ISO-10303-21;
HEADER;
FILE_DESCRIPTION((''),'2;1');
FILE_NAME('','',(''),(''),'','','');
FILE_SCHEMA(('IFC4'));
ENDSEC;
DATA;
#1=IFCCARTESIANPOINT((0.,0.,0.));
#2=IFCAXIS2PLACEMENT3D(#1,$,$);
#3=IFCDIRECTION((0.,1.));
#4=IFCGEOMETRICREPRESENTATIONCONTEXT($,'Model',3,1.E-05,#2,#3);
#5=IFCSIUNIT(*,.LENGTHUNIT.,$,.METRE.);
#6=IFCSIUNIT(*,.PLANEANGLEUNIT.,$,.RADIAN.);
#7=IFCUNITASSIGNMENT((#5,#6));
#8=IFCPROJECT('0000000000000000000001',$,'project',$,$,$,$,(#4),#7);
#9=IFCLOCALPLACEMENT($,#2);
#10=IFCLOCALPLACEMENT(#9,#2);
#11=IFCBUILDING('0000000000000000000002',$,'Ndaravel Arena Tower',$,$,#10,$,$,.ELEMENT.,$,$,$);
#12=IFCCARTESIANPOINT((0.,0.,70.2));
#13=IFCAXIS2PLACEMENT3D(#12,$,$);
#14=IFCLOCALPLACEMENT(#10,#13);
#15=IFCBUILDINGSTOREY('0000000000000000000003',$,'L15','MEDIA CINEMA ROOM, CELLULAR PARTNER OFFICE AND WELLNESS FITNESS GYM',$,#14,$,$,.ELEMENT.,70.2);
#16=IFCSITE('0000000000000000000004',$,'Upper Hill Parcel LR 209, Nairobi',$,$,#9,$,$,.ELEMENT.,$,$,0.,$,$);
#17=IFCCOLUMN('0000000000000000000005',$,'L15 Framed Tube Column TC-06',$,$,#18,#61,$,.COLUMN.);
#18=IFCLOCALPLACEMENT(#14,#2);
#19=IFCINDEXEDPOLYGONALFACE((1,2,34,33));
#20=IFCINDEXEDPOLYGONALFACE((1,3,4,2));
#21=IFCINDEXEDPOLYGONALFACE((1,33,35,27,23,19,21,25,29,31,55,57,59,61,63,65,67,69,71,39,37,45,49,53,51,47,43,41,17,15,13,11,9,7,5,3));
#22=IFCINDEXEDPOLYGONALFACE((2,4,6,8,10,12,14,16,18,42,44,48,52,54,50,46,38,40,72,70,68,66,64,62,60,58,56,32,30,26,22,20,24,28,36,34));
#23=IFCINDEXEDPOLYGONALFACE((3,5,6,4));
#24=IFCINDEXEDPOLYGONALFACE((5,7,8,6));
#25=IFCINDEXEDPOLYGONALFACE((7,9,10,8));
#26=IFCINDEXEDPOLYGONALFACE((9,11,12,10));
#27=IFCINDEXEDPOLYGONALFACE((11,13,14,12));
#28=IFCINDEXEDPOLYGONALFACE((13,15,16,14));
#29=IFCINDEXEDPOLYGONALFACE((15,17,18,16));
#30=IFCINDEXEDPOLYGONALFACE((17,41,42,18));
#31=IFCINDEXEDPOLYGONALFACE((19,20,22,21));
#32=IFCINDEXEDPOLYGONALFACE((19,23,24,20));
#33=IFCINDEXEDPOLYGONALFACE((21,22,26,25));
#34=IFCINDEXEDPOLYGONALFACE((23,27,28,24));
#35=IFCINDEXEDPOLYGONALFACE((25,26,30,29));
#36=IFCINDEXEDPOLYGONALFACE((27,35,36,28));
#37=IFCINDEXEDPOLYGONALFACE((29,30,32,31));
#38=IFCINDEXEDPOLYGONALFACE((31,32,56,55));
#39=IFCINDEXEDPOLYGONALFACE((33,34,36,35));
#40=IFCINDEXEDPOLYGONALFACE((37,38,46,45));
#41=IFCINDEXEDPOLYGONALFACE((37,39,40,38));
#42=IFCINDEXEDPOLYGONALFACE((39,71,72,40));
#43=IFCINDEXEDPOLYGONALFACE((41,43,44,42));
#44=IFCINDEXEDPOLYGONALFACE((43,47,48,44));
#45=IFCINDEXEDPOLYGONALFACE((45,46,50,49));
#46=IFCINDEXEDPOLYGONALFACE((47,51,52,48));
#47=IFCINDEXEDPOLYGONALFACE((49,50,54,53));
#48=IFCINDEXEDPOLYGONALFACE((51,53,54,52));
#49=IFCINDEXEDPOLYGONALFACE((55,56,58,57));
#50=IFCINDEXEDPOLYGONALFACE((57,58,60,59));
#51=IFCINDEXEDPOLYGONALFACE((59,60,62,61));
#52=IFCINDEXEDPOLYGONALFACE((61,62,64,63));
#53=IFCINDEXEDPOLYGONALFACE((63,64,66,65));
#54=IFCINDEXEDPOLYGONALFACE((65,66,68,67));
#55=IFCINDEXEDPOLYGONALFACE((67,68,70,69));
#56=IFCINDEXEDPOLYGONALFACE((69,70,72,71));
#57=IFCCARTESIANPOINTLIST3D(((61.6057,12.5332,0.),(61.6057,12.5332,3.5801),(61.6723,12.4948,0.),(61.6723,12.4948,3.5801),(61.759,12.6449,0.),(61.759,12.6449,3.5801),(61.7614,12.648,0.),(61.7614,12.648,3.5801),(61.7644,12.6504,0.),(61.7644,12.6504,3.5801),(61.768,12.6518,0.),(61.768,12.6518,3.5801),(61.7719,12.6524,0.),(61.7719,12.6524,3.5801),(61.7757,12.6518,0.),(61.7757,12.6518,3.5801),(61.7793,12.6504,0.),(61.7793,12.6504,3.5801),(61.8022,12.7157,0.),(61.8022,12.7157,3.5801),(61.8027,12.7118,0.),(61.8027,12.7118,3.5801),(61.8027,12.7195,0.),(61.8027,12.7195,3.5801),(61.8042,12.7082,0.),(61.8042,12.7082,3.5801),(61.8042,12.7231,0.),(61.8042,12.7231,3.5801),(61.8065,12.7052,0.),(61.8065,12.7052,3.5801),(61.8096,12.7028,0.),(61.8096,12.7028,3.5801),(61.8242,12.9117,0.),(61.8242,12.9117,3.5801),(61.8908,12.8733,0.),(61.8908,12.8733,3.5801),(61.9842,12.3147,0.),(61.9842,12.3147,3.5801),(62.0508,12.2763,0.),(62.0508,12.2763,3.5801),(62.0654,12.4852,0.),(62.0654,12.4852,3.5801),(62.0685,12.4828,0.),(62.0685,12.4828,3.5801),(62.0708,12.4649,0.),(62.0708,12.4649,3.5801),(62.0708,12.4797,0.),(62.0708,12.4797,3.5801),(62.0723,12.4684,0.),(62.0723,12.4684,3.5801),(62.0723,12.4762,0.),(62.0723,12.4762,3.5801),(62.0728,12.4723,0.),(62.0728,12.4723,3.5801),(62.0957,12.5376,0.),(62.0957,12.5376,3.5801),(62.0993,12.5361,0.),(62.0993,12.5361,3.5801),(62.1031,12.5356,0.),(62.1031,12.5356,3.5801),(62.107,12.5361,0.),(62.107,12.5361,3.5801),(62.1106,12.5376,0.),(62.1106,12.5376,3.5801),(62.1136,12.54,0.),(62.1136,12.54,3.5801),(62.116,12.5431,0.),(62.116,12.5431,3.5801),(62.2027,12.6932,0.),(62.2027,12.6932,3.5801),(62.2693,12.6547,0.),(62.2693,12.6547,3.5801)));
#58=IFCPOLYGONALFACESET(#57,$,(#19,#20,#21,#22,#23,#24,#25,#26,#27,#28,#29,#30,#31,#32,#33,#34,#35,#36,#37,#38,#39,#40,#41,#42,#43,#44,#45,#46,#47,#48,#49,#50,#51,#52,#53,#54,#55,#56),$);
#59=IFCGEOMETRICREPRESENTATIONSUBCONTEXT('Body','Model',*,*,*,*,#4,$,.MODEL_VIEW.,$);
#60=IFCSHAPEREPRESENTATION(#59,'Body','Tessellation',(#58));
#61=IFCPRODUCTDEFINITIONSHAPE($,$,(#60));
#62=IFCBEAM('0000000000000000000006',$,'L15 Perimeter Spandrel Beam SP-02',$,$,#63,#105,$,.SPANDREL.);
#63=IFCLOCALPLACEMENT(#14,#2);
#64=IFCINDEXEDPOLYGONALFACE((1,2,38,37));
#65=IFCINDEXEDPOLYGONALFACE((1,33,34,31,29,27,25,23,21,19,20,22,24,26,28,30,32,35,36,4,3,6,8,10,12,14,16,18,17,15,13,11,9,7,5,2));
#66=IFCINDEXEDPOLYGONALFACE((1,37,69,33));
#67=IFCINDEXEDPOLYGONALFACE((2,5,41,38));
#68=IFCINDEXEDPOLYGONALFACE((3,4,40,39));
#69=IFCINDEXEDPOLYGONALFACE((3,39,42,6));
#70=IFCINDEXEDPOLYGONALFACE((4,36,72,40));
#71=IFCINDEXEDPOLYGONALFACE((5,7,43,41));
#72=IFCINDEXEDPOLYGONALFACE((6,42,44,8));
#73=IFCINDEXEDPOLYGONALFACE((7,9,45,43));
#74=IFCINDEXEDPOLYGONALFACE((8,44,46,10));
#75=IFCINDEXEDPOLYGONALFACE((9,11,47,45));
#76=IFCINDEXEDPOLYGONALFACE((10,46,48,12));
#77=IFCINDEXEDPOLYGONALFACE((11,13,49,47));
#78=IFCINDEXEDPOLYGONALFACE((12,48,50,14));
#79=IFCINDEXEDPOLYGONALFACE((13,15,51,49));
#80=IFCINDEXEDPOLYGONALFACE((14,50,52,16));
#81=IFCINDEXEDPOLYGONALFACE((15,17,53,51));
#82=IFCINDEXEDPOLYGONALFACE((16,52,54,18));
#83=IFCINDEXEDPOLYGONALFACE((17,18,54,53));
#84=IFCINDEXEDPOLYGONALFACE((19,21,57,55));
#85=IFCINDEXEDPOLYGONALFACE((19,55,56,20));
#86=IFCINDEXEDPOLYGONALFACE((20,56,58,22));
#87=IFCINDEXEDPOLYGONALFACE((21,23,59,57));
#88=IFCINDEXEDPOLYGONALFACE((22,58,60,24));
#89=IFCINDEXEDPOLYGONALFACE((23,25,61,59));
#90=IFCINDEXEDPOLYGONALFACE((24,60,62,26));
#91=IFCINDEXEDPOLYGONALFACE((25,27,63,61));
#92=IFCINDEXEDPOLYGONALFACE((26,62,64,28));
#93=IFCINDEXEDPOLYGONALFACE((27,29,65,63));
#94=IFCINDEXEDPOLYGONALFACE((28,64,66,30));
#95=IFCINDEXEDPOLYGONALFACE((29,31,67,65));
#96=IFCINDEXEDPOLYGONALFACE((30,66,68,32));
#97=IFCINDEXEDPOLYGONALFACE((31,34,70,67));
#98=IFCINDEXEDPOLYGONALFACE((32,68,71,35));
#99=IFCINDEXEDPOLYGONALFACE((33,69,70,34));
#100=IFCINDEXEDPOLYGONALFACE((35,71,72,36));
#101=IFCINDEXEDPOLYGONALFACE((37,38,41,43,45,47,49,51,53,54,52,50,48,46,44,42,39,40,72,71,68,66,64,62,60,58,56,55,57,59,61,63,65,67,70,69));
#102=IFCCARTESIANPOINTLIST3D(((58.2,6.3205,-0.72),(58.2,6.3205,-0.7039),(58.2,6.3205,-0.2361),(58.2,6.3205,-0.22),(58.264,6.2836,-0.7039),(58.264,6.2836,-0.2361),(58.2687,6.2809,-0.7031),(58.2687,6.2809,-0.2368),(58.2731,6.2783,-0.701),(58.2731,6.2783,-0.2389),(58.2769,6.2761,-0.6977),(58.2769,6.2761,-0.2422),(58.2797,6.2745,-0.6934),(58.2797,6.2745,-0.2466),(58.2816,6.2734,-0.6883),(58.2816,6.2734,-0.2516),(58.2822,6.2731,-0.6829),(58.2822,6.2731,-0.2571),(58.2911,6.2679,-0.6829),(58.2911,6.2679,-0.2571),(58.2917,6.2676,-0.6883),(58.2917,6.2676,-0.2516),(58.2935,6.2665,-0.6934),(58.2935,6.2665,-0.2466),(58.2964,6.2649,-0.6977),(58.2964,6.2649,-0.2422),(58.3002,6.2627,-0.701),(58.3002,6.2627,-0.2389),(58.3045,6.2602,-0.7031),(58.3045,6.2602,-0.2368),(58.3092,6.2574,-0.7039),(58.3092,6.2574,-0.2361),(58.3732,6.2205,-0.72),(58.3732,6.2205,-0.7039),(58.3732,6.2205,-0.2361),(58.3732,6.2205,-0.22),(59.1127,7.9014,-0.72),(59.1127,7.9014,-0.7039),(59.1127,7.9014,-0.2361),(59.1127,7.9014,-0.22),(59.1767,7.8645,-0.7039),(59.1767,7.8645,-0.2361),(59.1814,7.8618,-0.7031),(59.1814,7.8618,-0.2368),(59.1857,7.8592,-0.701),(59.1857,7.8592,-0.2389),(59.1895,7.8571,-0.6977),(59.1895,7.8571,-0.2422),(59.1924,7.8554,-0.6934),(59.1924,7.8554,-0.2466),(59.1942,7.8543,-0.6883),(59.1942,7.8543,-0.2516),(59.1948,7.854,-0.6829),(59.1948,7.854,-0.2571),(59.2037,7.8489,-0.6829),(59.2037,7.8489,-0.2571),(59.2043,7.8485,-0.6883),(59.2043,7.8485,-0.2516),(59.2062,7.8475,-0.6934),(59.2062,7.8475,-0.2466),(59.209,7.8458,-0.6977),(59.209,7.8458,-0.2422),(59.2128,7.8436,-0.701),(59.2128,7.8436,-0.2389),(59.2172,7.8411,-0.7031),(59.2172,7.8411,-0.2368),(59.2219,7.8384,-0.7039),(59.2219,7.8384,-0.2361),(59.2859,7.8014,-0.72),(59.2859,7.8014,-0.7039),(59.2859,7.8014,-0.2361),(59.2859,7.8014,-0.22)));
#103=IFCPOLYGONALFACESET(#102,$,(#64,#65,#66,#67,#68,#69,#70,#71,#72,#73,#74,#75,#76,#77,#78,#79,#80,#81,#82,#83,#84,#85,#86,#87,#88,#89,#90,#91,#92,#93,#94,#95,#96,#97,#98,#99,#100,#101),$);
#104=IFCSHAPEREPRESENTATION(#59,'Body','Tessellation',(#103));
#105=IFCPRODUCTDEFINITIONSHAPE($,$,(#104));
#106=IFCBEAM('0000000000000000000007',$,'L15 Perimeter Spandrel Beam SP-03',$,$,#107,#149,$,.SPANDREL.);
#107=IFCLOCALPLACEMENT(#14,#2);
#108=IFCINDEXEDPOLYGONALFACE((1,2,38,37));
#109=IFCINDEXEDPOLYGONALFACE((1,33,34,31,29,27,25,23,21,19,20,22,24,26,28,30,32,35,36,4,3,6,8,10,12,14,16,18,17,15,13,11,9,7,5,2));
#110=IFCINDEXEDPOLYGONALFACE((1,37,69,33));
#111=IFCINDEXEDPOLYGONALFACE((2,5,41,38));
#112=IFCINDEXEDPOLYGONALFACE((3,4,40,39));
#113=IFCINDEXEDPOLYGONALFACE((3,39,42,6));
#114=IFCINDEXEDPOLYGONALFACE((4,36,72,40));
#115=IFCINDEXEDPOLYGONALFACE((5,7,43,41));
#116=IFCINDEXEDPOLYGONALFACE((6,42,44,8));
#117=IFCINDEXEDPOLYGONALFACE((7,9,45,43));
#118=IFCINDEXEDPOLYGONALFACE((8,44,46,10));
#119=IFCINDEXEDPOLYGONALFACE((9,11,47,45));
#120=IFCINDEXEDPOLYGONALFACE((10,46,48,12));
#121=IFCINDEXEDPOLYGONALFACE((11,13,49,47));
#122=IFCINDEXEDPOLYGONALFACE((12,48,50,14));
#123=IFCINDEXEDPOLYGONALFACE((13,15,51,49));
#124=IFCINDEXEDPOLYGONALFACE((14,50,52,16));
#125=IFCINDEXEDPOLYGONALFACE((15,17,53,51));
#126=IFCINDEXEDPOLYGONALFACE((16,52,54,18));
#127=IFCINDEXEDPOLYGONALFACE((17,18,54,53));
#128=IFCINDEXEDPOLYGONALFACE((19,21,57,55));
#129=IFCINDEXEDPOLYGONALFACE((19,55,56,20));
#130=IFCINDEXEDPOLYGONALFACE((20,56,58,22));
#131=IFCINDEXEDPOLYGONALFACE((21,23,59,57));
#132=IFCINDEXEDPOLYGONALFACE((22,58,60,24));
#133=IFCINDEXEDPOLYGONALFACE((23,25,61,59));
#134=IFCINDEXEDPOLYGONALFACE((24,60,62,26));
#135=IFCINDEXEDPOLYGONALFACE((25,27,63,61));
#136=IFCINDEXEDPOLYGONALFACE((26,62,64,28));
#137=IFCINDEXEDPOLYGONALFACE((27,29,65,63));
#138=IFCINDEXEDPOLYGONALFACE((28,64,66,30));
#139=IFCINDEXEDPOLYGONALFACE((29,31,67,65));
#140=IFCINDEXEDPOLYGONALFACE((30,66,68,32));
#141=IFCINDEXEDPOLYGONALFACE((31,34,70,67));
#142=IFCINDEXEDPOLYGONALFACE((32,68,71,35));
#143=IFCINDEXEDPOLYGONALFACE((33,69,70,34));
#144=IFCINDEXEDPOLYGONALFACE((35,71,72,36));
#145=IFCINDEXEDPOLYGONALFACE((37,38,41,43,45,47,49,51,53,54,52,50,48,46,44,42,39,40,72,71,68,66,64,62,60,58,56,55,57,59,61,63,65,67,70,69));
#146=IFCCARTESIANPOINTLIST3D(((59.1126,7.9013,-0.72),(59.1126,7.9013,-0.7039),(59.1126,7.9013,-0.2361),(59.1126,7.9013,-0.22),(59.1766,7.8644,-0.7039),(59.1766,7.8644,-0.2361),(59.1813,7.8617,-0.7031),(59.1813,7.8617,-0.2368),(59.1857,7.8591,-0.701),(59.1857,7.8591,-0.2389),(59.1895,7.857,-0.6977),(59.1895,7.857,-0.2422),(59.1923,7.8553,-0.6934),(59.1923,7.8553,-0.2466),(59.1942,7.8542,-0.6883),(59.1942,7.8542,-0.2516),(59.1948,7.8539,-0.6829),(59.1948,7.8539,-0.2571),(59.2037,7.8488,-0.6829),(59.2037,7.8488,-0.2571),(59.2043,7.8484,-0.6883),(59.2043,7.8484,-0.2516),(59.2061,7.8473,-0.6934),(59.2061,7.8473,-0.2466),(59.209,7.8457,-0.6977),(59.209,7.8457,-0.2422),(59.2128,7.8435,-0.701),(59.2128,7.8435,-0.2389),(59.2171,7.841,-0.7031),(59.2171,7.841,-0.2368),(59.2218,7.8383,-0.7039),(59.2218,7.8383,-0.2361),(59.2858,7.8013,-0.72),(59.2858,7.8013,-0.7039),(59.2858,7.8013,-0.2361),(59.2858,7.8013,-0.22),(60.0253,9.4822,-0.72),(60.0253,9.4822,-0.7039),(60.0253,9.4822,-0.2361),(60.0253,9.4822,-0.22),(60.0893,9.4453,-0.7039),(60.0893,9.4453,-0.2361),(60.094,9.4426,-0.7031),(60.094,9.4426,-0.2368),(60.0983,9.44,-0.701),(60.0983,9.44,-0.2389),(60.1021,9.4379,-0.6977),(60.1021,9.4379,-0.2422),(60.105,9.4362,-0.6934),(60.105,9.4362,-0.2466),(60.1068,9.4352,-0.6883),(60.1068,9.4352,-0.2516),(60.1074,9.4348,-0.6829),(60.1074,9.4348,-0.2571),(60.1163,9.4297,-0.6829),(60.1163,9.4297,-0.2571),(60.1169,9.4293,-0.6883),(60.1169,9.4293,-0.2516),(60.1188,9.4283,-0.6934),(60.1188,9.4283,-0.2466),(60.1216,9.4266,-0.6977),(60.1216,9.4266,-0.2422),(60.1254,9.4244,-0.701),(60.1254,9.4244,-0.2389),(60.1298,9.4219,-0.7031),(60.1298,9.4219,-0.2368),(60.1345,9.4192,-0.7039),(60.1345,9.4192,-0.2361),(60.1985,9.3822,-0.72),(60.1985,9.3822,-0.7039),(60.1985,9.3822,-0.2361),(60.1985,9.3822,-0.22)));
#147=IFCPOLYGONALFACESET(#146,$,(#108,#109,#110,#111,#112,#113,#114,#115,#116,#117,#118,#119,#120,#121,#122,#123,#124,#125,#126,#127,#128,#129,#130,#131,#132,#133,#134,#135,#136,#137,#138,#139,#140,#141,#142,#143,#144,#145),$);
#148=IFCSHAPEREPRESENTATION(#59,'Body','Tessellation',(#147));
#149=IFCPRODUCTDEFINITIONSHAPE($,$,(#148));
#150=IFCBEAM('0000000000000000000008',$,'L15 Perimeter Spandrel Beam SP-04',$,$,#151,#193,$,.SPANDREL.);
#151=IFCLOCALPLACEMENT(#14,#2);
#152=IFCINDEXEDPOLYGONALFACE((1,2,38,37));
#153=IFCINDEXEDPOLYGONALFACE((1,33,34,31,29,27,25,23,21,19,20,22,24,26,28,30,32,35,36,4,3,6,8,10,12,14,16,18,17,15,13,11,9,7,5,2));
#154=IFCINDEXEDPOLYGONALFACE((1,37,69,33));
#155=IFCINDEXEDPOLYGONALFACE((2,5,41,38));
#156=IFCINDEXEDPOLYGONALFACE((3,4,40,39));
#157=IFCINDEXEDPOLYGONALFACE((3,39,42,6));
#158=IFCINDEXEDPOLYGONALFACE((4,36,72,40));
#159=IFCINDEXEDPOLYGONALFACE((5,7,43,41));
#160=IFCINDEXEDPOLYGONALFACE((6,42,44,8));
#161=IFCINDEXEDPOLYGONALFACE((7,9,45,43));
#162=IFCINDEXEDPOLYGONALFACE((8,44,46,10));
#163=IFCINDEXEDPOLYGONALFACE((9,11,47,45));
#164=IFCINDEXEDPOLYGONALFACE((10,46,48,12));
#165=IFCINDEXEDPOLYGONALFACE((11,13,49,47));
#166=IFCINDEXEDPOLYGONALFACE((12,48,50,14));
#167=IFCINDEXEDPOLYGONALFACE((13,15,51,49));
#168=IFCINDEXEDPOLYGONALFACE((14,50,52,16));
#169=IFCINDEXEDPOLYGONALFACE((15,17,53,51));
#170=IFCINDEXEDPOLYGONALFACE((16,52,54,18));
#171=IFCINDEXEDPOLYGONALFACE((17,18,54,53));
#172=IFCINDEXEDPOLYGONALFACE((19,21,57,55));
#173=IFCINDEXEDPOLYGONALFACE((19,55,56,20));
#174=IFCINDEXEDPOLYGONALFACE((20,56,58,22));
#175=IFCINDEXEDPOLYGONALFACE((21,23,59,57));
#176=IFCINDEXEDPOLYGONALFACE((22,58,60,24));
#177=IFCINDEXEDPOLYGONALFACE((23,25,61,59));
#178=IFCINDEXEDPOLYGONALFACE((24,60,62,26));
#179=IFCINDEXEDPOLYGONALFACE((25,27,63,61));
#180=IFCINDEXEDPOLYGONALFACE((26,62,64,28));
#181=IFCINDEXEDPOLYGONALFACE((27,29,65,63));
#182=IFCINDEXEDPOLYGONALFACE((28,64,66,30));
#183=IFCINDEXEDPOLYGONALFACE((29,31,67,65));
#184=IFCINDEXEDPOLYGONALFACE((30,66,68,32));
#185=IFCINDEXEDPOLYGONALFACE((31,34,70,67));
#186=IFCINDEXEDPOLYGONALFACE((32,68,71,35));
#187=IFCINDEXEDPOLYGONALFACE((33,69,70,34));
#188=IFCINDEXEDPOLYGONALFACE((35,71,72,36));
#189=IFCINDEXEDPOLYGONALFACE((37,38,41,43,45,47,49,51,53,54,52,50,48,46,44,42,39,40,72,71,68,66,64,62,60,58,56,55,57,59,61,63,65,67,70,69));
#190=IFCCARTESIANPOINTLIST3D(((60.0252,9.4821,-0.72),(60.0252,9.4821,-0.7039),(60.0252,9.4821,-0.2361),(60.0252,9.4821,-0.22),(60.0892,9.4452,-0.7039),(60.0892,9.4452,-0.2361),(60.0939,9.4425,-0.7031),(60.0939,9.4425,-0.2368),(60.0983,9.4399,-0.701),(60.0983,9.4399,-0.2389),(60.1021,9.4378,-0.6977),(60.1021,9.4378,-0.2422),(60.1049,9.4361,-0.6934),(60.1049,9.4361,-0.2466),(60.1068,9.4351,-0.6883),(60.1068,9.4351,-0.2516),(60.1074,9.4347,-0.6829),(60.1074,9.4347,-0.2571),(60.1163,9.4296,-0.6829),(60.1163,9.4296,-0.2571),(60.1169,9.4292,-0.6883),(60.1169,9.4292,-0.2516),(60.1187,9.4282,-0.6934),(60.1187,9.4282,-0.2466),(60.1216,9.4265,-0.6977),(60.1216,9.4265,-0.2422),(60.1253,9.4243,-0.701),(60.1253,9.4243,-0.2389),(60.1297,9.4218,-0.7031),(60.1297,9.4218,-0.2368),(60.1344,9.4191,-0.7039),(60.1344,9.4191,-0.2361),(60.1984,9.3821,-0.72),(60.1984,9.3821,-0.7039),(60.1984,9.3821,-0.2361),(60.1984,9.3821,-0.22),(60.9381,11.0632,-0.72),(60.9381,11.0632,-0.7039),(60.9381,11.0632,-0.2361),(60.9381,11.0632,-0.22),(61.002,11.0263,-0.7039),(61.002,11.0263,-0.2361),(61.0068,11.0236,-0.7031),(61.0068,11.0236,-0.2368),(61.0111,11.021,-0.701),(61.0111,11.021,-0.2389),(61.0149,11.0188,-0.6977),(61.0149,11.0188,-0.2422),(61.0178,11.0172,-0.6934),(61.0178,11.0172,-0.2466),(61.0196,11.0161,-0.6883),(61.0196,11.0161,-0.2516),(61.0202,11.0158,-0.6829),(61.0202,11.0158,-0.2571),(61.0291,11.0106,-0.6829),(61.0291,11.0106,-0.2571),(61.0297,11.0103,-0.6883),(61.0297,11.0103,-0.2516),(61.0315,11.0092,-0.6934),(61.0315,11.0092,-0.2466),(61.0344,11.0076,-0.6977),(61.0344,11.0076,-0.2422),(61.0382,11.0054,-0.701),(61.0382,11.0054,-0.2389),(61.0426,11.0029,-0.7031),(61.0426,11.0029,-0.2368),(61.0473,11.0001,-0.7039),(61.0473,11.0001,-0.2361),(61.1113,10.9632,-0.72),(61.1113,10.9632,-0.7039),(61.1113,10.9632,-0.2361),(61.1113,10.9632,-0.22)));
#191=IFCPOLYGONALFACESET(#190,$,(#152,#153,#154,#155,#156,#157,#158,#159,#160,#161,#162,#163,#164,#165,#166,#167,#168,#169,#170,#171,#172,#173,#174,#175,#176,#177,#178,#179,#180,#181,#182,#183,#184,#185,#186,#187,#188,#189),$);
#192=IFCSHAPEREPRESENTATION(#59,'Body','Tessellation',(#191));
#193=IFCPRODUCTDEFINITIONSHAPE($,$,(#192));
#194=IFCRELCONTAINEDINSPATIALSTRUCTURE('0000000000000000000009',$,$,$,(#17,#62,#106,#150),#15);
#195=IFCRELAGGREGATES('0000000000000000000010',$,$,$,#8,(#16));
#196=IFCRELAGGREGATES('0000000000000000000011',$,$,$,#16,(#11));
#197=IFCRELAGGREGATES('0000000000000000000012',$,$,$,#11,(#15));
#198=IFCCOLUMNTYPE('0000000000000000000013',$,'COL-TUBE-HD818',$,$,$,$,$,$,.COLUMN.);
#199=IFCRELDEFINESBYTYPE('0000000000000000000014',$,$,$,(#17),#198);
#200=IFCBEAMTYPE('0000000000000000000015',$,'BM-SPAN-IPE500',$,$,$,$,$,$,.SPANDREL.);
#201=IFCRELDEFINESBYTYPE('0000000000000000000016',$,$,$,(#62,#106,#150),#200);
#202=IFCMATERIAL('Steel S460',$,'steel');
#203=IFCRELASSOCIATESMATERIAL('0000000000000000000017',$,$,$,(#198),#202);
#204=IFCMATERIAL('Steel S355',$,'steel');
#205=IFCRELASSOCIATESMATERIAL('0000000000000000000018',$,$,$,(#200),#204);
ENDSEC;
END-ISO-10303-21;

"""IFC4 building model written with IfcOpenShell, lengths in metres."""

from ifc_helpers import new_model, si_unit, direction, frame, origin, origin_2d, place, context, subcontext, project, spatial, i_section, extrude, material, material_profile, profile_set, type_object, element, save


model = new_model("IFC4")

# Units and contexts
model_context = context("Model", 3, precision=1e-05, world=origin(), true_north=direction((0.0, 1.0)))
body_context = subcontext(model_context, "Body", "Model", "MODEL_VIEW")
ifc_project = project(units=[si_unit("LENGTHUNIT", "METRE"), si_unit("PLANEANGLEUNIT", "RADIAN")], contexts=[model_context])

# Site, building, storey
site_placement = place(None, origin())
site = spatial("IfcSite", under=ifc_project, at=site_placement, Name="Upper Hill Parcel LR 209, Nairobi", CompositionType="ELEMENT", RefElevation=0.0)
building_placement = place(site_placement, origin())
building = spatial("IfcBuilding", under=site, at=building_placement, Name="Ndaravel Arena Tower", CompositionType="ELEMENT")
storey_placement = place(building_placement, frame((0.0, 0.0, 70.2)))
storey = spatial("IfcBuildingStorey", under=building, at=storey_placement, Name="L15", Description="MEDIA CINEMA ROOM, CELLULAR PARTNER OFFICE AND WELLNESS FITNESS GYM", CompositionType="ELEMENT", Elevation=70.2)

# Column
ifc_material_1 = material(Name="Steel S460", Category="steel")
ifc_material_profile_1 = material_profile(ifc_material_1, i_section(OverallWidth=0.437, OverallDepth=0.5139, WebThickness=0.0605, FlangeThickness=0.0769, FilletRadius=0.0149, at=origin_2d()), Name="HD 400x818")
ifc_profile_set_1 = profile_set([ifc_material_profile_1], Name="Steel S460")
column_type = type_object("IfcColumnType", Name="COL-TUBE-HD818", PredefinedType="COLUMN", material=ifc_profile_set_1)
for number, where, z_axis, x_axis, name in (
    (1, (61.9375, 12.594, 0.0), (0.0, 0.0, 1.0), (0.5, 0.866025, 0.0), "L15 Framed Tube Column TC-06"),
):
    element("IfcColumn", number, at=place(storey_placement, frame(where, z_axis=z_axis, x_axis=x_axis)), inside=storey, type_object=column_type, Name=name, PredefinedType="COLUMN", context=body_context, shape_type="SweptSolid", body=[
        extrude(i_section(OverallWidth=0.437, OverallDepth=0.5139, WebThickness=0.0605, FlangeThickness=0.0769, FilletRadius=0.0149, at=origin_2d()), origin(), (0.0, 0.0, 1.0), 3.5801),
    ])

# Beams
ifc_material_2 = material(Name="Steel S355", Category="steel")
ifc_material_profile_2 = material_profile(ifc_material_2, i_section(OverallWidth=0.2, OverallDepth=0.5, WebThickness=0.0103, FlangeThickness=0.0161, FilletRadius=0.021, at=origin_2d()), Name="IPE 500")
ifc_profile_set_2 = profile_set([ifc_material_profile_2], Name="Steel S355")
beam_type = type_object("IfcBeamType", Name="BM-SPAN-IPE500", PredefinedType="SPANDREL", material=ifc_profile_set_2)
for number, where, z_axis, x_axis, name in (
    (2, (58.2866, 6.2705, -0.47), (0.499966, 0.866045, 0.0), (-0.866045, 0.499966, 0.0), "L15 Perimeter Spandrel Beam SP-02"),
    (3, (59.1992, 7.8513, -0.47), (0.499966, 0.866045, 0.0), (-0.866045, 0.499966, 0.0), "L15 Perimeter Spandrel Beam SP-03"),
):
    element("IfcBeam", number, at=place(storey_placement, frame(where, z_axis=z_axis, x_axis=x_axis)), inside=storey, type_object=beam_type, Name=name, PredefinedType="SPANDREL", context=body_context, shape_type="SweptSolid", body=[
        extrude(i_section(OverallWidth=0.2, OverallDepth=0.5, WebThickness=0.0103, FlangeThickness=0.0161, FilletRadius=0.021, at=origin_2d()), origin(), (0.0, 0.0, 1.0), 1.8254),
    ])
beam_placement = place(storey_placement, frame((60.1118, 9.4321, -0.47), z_axis=(0.500008, 0.866021, 0.0), x_axis=(-0.866021, 0.500008, 0.0)))
element("IfcBeam", 4, at=beam_placement, inside=storey, type_object=beam_type, Name="L15 Perimeter Spandrel Beam SP-04", PredefinedType="SPANDREL", context=body_context, shape_type="SweptSolid", body=[
    extrude(i_section(OverallWidth=0.2, OverallDepth=0.5, WebThickness=0.0103, FlangeThickness=0.0161, FilletRadius=0.021, at=origin_2d()), origin(), (0.0, 0.0, 1.0), 1.8257),
])

save(model, "model.ifc")
